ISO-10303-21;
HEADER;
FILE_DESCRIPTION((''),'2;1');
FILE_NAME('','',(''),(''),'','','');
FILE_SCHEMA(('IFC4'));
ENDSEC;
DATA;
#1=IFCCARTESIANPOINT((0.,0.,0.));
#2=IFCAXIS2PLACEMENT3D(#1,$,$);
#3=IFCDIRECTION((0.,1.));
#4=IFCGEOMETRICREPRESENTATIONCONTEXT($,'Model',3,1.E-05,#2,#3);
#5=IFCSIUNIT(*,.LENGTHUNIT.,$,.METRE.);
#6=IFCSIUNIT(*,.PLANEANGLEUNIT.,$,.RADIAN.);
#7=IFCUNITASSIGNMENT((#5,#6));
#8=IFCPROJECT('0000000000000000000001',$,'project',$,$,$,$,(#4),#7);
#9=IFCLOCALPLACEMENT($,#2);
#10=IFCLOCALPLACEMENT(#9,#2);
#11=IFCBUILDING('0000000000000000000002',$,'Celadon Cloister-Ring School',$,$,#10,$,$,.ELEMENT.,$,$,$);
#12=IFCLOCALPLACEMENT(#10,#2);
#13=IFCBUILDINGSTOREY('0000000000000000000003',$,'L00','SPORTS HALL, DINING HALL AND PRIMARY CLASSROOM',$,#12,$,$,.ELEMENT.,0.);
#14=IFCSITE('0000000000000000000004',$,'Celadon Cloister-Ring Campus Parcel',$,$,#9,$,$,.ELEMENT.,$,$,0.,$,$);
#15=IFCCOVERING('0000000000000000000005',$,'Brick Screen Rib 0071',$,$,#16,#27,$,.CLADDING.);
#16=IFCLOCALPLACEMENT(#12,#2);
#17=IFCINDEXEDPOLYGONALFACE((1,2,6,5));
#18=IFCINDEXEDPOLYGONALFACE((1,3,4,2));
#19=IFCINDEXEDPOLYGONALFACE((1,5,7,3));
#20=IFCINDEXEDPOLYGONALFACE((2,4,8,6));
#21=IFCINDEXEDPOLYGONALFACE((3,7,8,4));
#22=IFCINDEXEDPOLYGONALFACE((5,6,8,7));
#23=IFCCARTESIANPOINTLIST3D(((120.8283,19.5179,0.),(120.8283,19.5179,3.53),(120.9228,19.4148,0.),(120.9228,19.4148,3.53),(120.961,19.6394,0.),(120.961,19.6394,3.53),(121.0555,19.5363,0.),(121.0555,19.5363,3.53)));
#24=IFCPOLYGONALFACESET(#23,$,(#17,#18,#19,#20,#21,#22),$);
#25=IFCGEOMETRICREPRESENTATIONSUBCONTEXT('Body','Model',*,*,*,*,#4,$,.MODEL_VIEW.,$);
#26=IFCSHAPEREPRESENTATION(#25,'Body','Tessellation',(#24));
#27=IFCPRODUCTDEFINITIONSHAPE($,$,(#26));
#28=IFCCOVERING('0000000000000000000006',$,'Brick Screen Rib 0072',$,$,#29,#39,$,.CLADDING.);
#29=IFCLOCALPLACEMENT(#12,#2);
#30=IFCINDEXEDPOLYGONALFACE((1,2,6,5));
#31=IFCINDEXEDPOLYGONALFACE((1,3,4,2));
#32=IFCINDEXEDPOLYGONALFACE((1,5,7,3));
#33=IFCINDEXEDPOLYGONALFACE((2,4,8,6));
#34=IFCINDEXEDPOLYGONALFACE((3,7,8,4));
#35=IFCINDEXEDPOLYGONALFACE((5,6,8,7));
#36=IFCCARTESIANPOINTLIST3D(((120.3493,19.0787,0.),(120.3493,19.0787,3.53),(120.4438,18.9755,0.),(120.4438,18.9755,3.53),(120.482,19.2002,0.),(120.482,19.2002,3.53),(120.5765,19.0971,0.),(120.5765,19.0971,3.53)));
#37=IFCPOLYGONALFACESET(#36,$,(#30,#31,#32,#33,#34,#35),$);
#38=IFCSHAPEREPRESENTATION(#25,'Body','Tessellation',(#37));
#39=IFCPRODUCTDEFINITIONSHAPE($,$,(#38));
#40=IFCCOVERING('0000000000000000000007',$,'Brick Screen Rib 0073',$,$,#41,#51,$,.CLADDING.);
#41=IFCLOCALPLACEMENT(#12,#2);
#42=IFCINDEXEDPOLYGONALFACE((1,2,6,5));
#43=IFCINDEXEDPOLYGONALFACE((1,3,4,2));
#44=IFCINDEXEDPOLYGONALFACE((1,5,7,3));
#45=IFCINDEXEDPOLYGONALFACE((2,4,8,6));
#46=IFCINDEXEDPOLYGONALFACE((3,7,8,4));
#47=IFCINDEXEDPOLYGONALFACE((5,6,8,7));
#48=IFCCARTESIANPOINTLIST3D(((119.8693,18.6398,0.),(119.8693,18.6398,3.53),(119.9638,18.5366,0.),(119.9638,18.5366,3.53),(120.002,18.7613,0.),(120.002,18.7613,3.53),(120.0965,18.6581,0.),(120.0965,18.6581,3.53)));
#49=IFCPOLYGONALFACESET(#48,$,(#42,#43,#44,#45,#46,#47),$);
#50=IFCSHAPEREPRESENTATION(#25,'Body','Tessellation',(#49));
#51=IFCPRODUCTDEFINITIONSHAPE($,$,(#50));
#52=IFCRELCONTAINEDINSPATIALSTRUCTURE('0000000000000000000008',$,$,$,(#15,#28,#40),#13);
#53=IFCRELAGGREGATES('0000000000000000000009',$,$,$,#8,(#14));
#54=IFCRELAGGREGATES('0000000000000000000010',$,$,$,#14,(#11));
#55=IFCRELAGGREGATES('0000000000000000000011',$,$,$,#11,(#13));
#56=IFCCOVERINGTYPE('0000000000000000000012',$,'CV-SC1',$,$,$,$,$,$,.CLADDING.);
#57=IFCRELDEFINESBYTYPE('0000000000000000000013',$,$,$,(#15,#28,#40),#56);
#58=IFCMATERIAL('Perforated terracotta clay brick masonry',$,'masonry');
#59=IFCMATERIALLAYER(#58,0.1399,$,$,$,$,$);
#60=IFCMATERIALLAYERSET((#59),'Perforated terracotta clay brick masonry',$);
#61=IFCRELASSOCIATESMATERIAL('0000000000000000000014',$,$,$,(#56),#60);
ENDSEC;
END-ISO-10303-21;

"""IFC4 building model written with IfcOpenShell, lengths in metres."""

from ifc_helpers import new_model, si_unit, direction, frame, origin, origin_2d, place, context, subcontext, project, spatial, rectangle, extrude, material, layer, layer_set, type_object, element, save


model = new_model("IFC4")

# Units and contexts
model_context = context("Model", 3, precision=1e-05, world=origin(), true_north=direction((0.0, 1.0)))
body_context = subcontext(model_context, "Body", "Model", "MODEL_VIEW")
ifc_project = project(units=[si_unit("LENGTHUNIT", "METRE"), si_unit("PLANEANGLEUNIT", "RADIAN")], contexts=[model_context])

# Site, building, storey
site_placement = place(None, origin())
site = spatial("IfcSite", under=ifc_project, at=site_placement, Name="Celadon Cloister-Ring Campus Parcel", CompositionType="ELEMENT", RefElevation=0.0)
building_placement = place(site_placement, origin())
building = spatial("IfcBuilding", under=site, at=building_placement, Name="Celadon Cloister-Ring School", CompositionType="ELEMENT")
storey_placement = place(building_placement, origin())
storey = spatial("IfcBuildingStorey", under=building, at=storey_placement, Name="L00", Description="SPORTS HALL, DINING HALL AND PRIMARY CLASSROOM", CompositionType="ELEMENT", Elevation=0.0)

# Coverings
ifc_material_1 = material(Name="Perforated terracotta clay brick masonry", Category="masonry")
ifc_layer_1 = layer(ifc_material_1, 0.1399)
ifc_layer_set_1 = layer_set([ifc_layer_1], Name="Perforated terracotta clay brick masonry")
covering_type = type_object("IfcCoveringType", Name="CV-SC1", PredefinedType="CLADDING", material=ifc_layer_set_1)
for number, where, z_axis, x_axis, name in (
    (1, (120.9419, 19.5271, 0.0), (0.0, 0.0, 1.0), (-0.737501, -0.675346, 0.0), "Brick Screen Rib 0071"),
    (2, (120.4629, 19.0879, 0.0), (0.0, 0.0, 1.0), (-0.737501, -0.675346, 0.0), "Brick Screen Rib 0072"),
    (3, (119.9829, 18.6489, 0.0), (0.0, 0.0, 1.0), (-0.737501, -0.675346, 0.0), "Brick Screen Rib 0073"),
):
    element("IfcCovering", number, at=place(storey_placement, frame(where, z_axis=z_axis, x_axis=x_axis)), inside=storey, type_object=covering_type, Name=name, PredefinedType="CLADDING", context=body_context, shape_type="SweptSolid", body=[
        extrude(rectangle(XDim=0.1799, YDim=0.1399, at=origin_2d()), origin(), (0.0, 0.0, 1.0), 3.53),
    ])

save(model, "model.ifc")
